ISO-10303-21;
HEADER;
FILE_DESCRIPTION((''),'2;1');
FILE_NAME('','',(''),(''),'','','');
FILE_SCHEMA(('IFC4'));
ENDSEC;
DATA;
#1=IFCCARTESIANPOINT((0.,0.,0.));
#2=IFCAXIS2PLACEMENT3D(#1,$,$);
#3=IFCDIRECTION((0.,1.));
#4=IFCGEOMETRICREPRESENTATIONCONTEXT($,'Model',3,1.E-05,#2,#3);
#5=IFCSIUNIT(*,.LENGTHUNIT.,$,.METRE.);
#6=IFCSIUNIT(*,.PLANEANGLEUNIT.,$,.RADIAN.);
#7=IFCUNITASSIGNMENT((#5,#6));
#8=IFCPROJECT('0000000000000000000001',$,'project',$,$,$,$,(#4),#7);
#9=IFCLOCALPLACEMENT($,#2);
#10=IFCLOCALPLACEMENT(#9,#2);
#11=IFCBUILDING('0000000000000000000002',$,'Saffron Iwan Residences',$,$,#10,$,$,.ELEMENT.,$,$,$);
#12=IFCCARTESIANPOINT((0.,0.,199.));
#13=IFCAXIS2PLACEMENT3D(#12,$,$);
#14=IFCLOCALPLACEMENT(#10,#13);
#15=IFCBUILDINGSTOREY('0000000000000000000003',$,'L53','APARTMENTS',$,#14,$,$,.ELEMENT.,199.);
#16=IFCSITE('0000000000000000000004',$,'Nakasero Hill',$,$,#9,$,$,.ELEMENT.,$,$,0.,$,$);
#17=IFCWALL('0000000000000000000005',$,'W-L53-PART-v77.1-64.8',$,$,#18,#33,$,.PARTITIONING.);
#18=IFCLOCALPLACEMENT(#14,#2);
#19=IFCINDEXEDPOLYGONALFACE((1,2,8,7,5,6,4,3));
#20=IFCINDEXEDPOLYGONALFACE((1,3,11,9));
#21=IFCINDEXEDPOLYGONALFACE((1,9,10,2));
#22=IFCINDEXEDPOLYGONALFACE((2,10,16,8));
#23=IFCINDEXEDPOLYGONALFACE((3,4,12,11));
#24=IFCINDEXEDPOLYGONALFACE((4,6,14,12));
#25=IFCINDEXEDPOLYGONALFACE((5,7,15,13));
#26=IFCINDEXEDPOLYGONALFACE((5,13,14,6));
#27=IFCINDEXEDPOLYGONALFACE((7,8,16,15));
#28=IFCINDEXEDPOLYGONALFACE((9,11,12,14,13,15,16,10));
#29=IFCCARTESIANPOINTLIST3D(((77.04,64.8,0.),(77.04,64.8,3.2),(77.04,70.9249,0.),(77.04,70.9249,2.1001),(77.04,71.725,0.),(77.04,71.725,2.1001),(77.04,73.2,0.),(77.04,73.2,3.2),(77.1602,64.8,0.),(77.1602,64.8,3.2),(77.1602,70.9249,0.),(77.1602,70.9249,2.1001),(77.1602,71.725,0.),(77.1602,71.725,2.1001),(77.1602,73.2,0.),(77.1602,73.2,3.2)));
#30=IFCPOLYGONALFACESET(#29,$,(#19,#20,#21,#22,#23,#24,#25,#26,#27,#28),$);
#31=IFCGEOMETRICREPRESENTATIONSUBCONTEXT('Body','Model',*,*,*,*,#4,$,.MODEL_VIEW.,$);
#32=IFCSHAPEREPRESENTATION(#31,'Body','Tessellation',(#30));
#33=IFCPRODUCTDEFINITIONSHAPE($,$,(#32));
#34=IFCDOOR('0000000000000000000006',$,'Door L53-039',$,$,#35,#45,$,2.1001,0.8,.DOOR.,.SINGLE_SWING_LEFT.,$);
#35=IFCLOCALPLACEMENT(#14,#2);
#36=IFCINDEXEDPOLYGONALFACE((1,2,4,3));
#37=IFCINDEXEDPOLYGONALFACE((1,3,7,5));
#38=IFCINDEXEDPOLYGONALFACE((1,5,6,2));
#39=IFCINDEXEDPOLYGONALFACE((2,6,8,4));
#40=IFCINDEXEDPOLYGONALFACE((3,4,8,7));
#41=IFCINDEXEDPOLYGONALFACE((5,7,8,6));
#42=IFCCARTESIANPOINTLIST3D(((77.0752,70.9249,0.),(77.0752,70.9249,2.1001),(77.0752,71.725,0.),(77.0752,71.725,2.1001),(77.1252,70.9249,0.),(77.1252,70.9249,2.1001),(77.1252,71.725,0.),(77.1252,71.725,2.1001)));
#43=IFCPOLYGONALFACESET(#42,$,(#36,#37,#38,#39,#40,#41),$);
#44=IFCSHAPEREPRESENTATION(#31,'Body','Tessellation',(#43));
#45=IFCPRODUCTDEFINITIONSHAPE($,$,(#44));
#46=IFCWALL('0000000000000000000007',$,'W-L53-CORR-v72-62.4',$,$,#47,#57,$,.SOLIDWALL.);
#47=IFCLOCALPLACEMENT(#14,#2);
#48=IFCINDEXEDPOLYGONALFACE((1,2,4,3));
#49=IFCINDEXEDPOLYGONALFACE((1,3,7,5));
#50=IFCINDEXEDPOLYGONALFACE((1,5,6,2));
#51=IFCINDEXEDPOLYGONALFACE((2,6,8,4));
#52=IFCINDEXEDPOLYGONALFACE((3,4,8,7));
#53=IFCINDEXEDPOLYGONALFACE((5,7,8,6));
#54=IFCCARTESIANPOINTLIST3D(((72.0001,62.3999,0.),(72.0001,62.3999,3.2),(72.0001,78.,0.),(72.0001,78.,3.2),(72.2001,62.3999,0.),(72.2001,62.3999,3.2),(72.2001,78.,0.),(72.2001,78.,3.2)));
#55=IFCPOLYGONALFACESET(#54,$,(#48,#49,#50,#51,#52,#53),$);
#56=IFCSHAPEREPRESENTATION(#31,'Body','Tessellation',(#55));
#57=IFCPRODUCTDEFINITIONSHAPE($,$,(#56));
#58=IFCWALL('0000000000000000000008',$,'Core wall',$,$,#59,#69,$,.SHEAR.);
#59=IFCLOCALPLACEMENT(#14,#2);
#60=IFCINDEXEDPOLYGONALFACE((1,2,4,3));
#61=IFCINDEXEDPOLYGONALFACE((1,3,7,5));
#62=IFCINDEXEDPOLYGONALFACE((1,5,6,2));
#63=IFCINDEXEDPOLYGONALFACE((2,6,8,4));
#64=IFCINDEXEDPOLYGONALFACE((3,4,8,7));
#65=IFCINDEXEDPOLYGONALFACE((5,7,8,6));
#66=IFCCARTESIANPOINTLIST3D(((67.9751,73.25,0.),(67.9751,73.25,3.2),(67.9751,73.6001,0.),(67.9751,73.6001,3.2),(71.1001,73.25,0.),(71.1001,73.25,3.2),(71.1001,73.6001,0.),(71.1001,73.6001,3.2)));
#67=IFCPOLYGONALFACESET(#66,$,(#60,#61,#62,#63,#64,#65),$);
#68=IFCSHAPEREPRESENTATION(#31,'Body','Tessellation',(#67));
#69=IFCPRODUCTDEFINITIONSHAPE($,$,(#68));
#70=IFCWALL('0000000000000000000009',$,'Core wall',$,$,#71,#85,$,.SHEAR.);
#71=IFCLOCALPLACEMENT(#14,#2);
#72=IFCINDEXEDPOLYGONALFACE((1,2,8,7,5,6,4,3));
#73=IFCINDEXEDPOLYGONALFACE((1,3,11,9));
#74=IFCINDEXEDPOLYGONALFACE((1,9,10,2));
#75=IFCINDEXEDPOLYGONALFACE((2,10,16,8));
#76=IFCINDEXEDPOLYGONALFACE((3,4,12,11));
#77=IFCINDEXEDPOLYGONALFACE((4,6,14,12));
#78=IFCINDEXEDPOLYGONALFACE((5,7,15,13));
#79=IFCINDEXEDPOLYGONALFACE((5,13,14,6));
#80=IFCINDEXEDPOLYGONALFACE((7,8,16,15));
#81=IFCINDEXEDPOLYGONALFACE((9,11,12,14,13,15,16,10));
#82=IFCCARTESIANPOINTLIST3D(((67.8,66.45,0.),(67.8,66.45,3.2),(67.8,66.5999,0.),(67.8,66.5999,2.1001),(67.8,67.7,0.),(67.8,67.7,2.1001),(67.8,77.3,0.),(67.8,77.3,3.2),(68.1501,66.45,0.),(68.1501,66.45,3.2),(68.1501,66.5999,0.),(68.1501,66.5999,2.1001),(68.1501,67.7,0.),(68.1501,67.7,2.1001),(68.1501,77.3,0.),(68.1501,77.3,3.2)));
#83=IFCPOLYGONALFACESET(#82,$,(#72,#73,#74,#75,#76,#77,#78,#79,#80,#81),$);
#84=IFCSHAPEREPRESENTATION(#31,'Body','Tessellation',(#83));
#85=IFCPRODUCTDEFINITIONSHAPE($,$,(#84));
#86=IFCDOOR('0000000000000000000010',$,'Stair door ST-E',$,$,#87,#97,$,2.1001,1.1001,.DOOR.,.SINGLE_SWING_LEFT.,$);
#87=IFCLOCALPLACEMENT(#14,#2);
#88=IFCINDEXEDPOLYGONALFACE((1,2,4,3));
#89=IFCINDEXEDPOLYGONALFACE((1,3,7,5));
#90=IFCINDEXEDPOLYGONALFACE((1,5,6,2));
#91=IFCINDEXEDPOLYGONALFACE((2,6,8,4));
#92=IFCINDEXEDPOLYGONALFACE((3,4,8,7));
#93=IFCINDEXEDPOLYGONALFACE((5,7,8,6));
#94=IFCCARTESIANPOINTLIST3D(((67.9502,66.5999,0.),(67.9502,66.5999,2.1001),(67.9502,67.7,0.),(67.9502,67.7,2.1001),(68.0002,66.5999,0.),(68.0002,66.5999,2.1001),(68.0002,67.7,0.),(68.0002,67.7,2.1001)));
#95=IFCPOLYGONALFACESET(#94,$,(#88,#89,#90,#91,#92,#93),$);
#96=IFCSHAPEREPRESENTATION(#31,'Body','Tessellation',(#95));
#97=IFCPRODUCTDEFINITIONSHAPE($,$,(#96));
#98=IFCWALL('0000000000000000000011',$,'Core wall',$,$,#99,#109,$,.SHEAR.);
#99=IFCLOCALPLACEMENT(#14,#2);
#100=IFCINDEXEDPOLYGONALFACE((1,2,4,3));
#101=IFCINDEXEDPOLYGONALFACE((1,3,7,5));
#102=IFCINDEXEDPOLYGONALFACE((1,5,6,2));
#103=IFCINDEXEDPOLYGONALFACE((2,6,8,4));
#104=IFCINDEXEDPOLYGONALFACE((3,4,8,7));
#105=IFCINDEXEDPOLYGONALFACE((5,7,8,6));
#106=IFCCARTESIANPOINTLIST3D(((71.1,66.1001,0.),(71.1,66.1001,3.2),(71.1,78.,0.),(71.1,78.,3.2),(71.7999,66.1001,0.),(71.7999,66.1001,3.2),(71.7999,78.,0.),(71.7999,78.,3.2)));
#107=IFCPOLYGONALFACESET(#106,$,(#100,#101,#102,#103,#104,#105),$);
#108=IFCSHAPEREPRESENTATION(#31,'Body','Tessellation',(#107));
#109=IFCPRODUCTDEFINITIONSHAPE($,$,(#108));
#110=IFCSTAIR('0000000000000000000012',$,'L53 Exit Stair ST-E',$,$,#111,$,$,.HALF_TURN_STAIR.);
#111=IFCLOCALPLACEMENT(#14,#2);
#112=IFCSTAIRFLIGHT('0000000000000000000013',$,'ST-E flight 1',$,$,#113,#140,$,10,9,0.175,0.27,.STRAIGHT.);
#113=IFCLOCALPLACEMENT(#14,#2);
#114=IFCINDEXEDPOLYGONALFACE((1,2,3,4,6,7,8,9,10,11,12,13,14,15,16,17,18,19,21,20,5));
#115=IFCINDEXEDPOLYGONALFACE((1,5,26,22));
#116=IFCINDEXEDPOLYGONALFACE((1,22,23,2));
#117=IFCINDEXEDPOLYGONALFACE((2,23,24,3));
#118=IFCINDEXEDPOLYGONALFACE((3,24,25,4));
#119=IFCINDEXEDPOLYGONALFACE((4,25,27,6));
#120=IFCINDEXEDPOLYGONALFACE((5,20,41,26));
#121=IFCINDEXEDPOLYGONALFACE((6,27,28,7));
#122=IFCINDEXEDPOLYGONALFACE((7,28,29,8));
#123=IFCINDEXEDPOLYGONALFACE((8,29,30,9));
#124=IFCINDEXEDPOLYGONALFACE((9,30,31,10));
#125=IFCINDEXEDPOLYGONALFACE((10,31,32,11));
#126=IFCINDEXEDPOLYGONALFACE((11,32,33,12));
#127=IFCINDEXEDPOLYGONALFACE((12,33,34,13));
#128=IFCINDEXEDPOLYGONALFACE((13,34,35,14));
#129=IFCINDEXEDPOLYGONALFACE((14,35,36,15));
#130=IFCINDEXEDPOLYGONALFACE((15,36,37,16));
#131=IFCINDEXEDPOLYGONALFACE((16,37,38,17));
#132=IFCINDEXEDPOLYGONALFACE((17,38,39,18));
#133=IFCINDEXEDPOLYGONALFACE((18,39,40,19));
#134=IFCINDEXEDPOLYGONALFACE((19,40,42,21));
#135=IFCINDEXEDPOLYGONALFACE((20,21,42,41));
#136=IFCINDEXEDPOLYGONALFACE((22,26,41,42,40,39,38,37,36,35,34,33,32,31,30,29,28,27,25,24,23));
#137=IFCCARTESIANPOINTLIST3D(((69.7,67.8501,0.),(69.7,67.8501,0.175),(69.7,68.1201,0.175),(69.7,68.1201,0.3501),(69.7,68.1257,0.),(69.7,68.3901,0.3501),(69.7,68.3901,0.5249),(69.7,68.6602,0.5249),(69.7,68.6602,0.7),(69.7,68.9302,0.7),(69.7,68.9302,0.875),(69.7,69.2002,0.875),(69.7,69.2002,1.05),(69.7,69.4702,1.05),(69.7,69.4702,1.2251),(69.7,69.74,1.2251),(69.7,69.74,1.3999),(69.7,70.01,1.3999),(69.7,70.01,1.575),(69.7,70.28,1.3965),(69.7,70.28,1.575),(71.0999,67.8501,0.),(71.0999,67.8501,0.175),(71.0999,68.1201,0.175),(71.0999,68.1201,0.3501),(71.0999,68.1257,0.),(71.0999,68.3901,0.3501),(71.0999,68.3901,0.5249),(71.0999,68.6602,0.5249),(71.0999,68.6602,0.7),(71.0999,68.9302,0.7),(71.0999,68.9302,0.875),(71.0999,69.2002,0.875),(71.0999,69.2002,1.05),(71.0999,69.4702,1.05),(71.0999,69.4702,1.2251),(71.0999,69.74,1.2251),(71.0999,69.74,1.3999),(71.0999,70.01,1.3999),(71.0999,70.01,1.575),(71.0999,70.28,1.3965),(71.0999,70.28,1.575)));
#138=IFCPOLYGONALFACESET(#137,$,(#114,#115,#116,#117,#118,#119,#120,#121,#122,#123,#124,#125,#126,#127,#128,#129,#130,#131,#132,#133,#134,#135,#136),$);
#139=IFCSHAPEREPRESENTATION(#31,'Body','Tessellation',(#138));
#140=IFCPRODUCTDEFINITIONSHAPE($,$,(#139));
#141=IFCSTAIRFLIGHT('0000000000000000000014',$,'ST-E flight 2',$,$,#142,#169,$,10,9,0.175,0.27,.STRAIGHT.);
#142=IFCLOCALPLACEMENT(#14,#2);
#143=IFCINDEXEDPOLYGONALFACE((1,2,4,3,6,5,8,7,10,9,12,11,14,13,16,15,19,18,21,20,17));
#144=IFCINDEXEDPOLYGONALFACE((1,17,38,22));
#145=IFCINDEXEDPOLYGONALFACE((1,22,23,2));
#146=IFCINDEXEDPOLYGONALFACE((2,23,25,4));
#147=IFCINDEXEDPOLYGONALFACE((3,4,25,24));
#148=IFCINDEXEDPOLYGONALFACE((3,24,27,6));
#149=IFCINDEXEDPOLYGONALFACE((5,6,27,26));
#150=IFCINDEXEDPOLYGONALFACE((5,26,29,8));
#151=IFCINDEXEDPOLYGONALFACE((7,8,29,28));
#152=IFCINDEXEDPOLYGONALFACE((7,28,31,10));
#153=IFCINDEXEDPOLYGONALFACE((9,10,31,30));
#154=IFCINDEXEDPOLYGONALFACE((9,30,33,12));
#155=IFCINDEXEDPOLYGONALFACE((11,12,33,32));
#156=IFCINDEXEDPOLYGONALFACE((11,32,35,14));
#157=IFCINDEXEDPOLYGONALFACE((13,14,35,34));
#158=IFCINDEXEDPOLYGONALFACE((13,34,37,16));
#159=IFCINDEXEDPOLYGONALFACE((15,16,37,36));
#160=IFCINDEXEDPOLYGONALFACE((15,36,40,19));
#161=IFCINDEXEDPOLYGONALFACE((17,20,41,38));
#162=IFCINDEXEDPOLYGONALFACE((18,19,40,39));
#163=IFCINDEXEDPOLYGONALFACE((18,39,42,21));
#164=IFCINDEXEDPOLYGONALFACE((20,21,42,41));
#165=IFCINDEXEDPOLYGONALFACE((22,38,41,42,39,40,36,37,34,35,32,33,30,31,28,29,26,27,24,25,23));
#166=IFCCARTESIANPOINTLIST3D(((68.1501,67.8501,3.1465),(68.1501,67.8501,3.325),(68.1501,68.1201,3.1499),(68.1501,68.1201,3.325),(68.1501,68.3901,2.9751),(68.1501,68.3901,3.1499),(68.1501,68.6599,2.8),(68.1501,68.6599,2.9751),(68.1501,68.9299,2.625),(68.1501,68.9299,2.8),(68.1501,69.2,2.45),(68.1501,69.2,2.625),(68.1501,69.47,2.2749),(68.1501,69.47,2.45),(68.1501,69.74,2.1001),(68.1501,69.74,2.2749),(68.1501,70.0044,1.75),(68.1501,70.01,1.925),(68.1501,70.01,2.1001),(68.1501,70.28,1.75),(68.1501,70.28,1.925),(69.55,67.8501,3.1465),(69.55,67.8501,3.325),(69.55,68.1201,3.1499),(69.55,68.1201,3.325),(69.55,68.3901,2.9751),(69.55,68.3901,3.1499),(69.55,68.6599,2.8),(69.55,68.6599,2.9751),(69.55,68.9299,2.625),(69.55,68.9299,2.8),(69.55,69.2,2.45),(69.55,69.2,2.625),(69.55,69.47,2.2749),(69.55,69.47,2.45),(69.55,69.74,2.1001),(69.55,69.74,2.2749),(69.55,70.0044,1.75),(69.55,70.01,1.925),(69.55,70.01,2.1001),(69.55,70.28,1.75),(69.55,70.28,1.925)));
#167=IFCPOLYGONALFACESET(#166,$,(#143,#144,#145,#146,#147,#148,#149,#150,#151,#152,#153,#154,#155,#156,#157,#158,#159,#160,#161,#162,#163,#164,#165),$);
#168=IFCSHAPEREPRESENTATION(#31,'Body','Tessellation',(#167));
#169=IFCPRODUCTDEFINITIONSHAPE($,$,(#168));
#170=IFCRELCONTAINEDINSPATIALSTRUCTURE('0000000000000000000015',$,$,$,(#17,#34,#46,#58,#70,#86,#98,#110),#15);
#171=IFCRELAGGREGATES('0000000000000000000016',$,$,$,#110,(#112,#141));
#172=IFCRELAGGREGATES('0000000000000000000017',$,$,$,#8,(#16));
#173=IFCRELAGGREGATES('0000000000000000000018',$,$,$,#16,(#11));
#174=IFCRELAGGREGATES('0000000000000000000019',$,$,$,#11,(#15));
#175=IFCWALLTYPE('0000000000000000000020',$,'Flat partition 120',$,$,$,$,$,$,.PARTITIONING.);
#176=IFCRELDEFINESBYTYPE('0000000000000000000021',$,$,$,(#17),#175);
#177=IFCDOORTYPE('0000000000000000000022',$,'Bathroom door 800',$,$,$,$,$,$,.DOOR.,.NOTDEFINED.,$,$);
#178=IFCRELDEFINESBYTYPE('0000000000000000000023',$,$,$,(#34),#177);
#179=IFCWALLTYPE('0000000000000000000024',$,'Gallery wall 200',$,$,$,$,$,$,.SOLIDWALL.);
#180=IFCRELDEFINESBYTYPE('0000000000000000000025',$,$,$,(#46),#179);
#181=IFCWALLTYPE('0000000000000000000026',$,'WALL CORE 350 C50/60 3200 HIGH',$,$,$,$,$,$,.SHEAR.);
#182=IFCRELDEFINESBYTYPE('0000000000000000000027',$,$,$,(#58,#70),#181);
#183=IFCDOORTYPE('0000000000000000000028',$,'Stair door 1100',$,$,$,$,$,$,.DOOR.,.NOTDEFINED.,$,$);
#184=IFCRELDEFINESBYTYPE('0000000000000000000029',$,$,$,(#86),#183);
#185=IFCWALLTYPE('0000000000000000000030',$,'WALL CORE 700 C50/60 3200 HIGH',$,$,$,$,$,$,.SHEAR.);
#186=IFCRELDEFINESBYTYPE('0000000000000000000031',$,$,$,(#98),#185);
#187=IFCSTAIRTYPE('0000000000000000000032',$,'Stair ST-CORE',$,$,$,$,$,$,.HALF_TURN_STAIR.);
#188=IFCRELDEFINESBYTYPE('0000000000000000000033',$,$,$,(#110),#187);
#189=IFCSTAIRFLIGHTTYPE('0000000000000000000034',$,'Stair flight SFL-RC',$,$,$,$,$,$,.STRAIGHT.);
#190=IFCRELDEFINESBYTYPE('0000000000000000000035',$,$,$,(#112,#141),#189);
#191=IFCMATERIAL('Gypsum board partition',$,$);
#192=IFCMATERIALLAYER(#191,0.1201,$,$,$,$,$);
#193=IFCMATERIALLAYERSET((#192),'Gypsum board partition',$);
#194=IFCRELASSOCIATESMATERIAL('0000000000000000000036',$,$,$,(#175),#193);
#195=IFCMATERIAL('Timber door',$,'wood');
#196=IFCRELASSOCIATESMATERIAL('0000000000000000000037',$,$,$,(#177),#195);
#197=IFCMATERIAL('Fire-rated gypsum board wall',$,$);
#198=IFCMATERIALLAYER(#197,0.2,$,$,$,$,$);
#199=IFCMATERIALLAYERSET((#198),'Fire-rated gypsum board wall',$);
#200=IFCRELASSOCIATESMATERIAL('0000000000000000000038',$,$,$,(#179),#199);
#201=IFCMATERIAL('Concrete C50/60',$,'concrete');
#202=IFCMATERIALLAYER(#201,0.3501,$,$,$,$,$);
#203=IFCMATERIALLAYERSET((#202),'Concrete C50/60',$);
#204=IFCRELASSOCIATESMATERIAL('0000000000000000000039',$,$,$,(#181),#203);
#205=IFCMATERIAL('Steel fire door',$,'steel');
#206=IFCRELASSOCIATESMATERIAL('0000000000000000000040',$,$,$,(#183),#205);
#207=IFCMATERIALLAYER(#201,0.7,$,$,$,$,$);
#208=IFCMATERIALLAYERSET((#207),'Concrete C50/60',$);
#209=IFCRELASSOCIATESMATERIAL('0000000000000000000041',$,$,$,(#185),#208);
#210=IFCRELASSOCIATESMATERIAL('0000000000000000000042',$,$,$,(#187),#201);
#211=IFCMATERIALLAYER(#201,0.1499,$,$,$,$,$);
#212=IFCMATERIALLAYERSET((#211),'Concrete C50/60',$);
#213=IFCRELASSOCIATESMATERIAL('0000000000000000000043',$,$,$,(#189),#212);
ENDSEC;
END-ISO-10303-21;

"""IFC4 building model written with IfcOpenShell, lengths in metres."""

from ifc_helpers import new_model, si_unit, direction, frame, frame_2d, origin, place, context, subcontext, project, spatial, polyline, rectangle, outline, extrude, material, layer, layer_set, type_object, element, fill, aggregate, save


model = new_model("IFC4")

# Units and contexts
model_context = context("Model", 3, precision=1e-05, world=origin(), true_north=direction((0.0, 1.0)))
body_context = subcontext(model_context, "Body", "Model", "MODEL_VIEW")
ifc_project = project(units=[si_unit("LENGTHUNIT", "METRE"), si_unit("PLANEANGLEUNIT", "RADIAN")], contexts=[model_context])

# Site, building, storey
site_placement = place(None, origin())
site = spatial("IfcSite", under=ifc_project, at=site_placement, Name="Nakasero Hill", CompositionType="ELEMENT", RefElevation=0.0)
building_placement = place(site_placement, origin())
building = spatial("IfcBuilding", under=site, at=building_placement, Name="Saffron Iwan Residences", CompositionType="ELEMENT")
storey_placement = place(building_placement, frame((0.0, 0.0, 199.0)))
storey = spatial("IfcBuildingStorey", under=building, at=storey_placement, Name="L53", Description="APARTMENTS", CompositionType="ELEMENT", Elevation=199.0)

# Shared definitions
ifc_material_1 = material(Name="Concrete C50/60", Category="concrete")

# Shared definitions
ifc_material_2 = material(Name="Fire-rated gypsum board wall")

# Shared definitions
ifc_material_3 = material(Name="Gypsum board partition")
ifc_layer_1 = layer(ifc_material_3, 0.1201)
ifc_layer_set_1 = layer_set([ifc_layer_1], Name="Gypsum board partition")
wall_type_1 = type_object("IfcWallType", Name="Flat partition 120", PredefinedType="PARTITIONING", material=ifc_layer_set_1)
ifc_material_4 = material(Name="Timber door", Category="wood")

# Wall, opening, door
wall_1_placement = place(storey_placement, frame((77.1001, 64.8, 0.0), z_axis=(0.0, 0.0, 1.0), x_axis=(0.0, 1.0, 0.0)))
wall_1 = element("IfcWall", 1, at=wall_1_placement, inside=storey, type_object=wall_type_1, Name="W-L53-PART-v77.1-64.8", PredefinedType="PARTITIONING", context=body_context, shape_type="SweptSolid", body=[
    extrude(rectangle(XDim=8.3999, YDim=0.1201, at=frame_2d((4.2, 0.0))), origin(), (0.0, 0.0, 1.0), 3.2),
])
opening_1_placement = place(wall_1_placement, frame((6.125, 0.0, 0.0)))
opening_1 = element("IfcOpeningElement", 2, at=opening_1_placement, cuts=wall_1, PredefinedType="OPENING", context=body_context, shape_type="SweptSolid", body=[
    extrude(rectangle(XDim=0.8, YDim=2.1001, at=frame_2d((0.3999, 1.05))), frame((0.0, 0.0701, 0.0), z_axis=(0.0, -1.0, 0.0), x_axis=(1.0, 0.0, 0.0)), (0.0, 0.0, 1.0), 0.1401),
])
door_type_1 = type_object("IfcDoorType", Name="Bathroom door 800", OperationType="NOTDEFINED", PredefinedType="DOOR", material=ifc_material_4)
door_1_placement = place(opening_1_placement, origin())
door_1 = element("IfcDoor", 3, at=door_1_placement, inside=storey, type_object=door_type_1, Name="Door L53-039", OperationType="SINGLE_SWING_LEFT", OverallHeight=2.1001, OverallWidth=0.8, PredefinedType="DOOR", context=body_context, shape_type="SweptSolid", body=[
    extrude(rectangle(XDim=0.8, YDim=2.1001, at=frame_2d((0.3999, 1.05))), frame((0.0, 0.0249, 0.0), z_axis=(0.0, -1.0, 0.0), x_axis=(1.0, 0.0, 0.0)), (0.0, 0.0, 1.0), 0.05),
])
fill(opening_1, door_1)

# Walls
ifc_layer_2 = layer(ifc_material_2, 0.2)
ifc_layer_set_2 = layer_set([ifc_layer_2], Name="Fire-rated gypsum board wall")
wall_type_2 = type_object("IfcWallType", Name="Gallery wall 200", PredefinedType="SOLIDWALL", material=ifc_layer_set_2)
wall_2_placement = place(storey_placement, frame((72.1001, 62.3999, 0.0), z_axis=(0.0, 0.0, 1.0), x_axis=(0.0, 1.0, 0.0)))
element("IfcWall", 4, at=wall_2_placement, inside=storey, type_object=wall_type_2, Name="W-L53-CORR-v72-62.4", PredefinedType="SOLIDWALL", context=body_context, shape_type="SweptSolid", body=[
    extrude(rectangle(XDim=15.6001, YDim=0.2, at=frame_2d((7.8, 0.0))), origin(), (0.0, 0.0, 1.0), 3.2),
])
ifc_layer_3 = layer(ifc_material_1, 0.3501)
ifc_layer_set_3 = layer_set([ifc_layer_3], Name="Concrete C50/60")
wall_type_3 = type_object("IfcWallType", Name="WALL CORE 350 C50/60 3200 HIGH", PredefinedType="SHEAR", material=ifc_layer_set_3)
wall_3_placement = place(storey_placement, frame((67.9751, 73.425, 0.0), z_axis=(0.0, 0.0, 1.0), x_axis=(1.0, 0.0, 0.0)))
element("IfcWall", 5, at=wall_3_placement, inside=storey, type_object=wall_type_3, Name="Core wall", PredefinedType="SHEAR", context=body_context, shape_type="SweptSolid", body=[
    extrude(rectangle(XDim=3.125, YDim=0.3501, at=frame_2d((1.5625, 0.0))), origin(), (0.0, 0.0, 1.0), 3.2),
])

# Wall, opening, door
wall_4_placement = place(storey_placement, frame((67.9751, 66.45, 0.0), z_axis=(0.0, 0.0, 1.0), x_axis=(0.0, 1.0, 0.0)))
wall_4 = element("IfcWall", 6, at=wall_4_placement, inside=storey, type_object=wall_type_3, Name="Core wall", PredefinedType="SHEAR", context=body_context, shape_type="SweptSolid", body=[
    extrude(rectangle(XDim=10.8501, YDim=0.3501, at=frame_2d((5.425, 0.0))), origin(), (0.0, 0.0, 1.0), 3.2),
])
opening_2_placement = place(wall_4_placement, frame((0.1499, 0.0, 0.0)))
opening_2 = element("IfcOpeningElement", 7, at=opening_2_placement, cuts=wall_4, PredefinedType="OPENING", context=body_context, shape_type="SweptSolid", body=[
    extrude(rectangle(XDim=1.1001, YDim=2.1001, at=frame_2d((0.55, 1.05))), frame((0.0, 0.1851, 0.0), z_axis=(0.0, -1.0, 0.0), x_axis=(1.0, 0.0, 0.0)), (0.0, 0.0, 1.0), 0.3701),
])
ifc_material_5 = material(Name="Steel fire door", Category="steel")
door_type_2 = type_object("IfcDoorType", Name="Stair door 1100", OperationType="NOTDEFINED", PredefinedType="DOOR", material=ifc_material_5)
door_2_placement = place(opening_2_placement, origin())
door_2 = element("IfcDoor", 8, at=door_2_placement, inside=storey, type_object=door_type_2, Name="Stair door ST-E", OperationType="SINGLE_SWING_LEFT", OverallHeight=2.1001, OverallWidth=1.1001, PredefinedType="DOOR", context=body_context, shape_type="SweptSolid", body=[
    extrude(rectangle(XDim=1.1001, YDim=2.1001, at=frame_2d((0.55, 1.05))), frame((0.0, 0.0249, 0.0), z_axis=(0.0, -1.0, 0.0), x_axis=(1.0, 0.0, 0.0)), (0.0, 0.0, 1.0), 0.05),
])
fill(opening_2, door_2)

# Wall
ifc_layer_4 = layer(ifc_material_1, 0.7)
ifc_layer_set_4 = layer_set([ifc_layer_4], Name="Concrete C50/60")
wall_type_4 = type_object("IfcWallType", Name="WALL CORE 700 C50/60 3200 HIGH", PredefinedType="SHEAR", material=ifc_layer_set_4)
wall_5_placement = place(storey_placement, frame((71.45, 66.1001, 0.0), z_axis=(0.0, 0.0, 1.0), x_axis=(0.0, 1.0, 0.0)))
element("IfcWall", 9, at=wall_5_placement, inside=storey, type_object=wall_type_4, Name="Core wall", PredefinedType="SHEAR", context=body_context, shape_type="SweptSolid", body=[
    extrude(rectangle(XDim=11.8999, YDim=0.7, at=frame_2d((5.95, 0.0))), origin(), (0.0, 0.0, 1.0), 3.2),
])

# Stair, stair flights
stair_type = type_object("IfcStairType", Name="Stair ST-CORE", PredefinedType="HALF_TURN_STAIR", material=ifc_material_1)
stair_placement = place(storey_placement, origin())
stair = element("IfcStair", 10, at=stair_placement, inside=storey, type_object=stair_type, Name="L53 Exit Stair ST-E", PredefinedType="HALF_TURN_STAIR")
ifc_layer_5 = layer(ifc_material_1, 0.1499)
ifc_layer_set_5 = layer_set([ifc_layer_5], Name="Concrete C50/60")
stair_flight_type = type_object("IfcStairFlightType", Name="Stair flight SFL-RC", PredefinedType="STRAIGHT", material=ifc_layer_set_5)
stair_flight_1_placement = place(storey_placement, frame((70.3999, 67.8501, 0.0), z_axis=(0.0, 0.0, 1.0), x_axis=(0.0, 1.0, 0.0)))
stair_flight_1 = element("IfcStairFlight", 11, at=stair_flight_1_placement, type_object=stair_flight_type, Name="ST-E flight 1", NumberOfRisers=10, NumberOfTreads=9, PredefinedType="STRAIGHT", RiserHeight=0.175, TreadLength=0.27, context=body_context, shape_type="SweptSolid", body=[
    extrude(outline(polyline([(0.0, 0.0), (0.0, 0.175), (0.27, 0.175), (0.27, 0.3501), (0.54, 0.3501), (0.54, 0.5249), (0.8101, 0.5249), (0.8101, 0.7), (1.0801, 0.7), (1.0801, 0.875), (1.3501, 0.875), (1.3501, 1.05), (1.6201, 1.05), (1.6201, 1.2251), (1.8899, 1.2251), (1.8899, 1.3999), (2.1599, 1.3999), (2.1599, 1.575), (2.4299, 1.575), (2.4299, 1.75), (2.4299, 1.3965), (0.2756, 0.0), (0.0, 0.0)])), frame((0.0, 0.7, 0.0), z_axis=(0.0, -1.0, 0.0), x_axis=(1.0, 0.0, 0.0)), (0.0, 0.0, 1.0), 1.3999),
])
stair_flight_2_placement = place(storey_placement, frame((68.8501, 70.28, 1.75), z_axis=(0.0, 0.0, 1.0), x_axis=(0.0, -1.0, 0.0)))
stair_flight_2 = element("IfcStairFlight", 12, at=stair_flight_2_placement, type_object=stair_flight_type, Name="ST-E flight 2", NumberOfRisers=10, NumberOfTreads=9, PredefinedType="STRAIGHT", RiserHeight=0.175, TreadLength=0.27, context=body_context, shape_type="SweptSolid", body=[
    extrude(outline(polyline([(0.0, 0.0), (0.0, 0.175), (0.27, 0.175), (0.27, 0.3501), (0.54, 0.3501), (0.54, 0.5249), (0.8101, 0.5249), (0.8101, 0.7), (1.0801, 0.7), (1.0801, 0.875), (1.3501, 0.875), (1.3501, 1.05), (1.6201, 1.05), (1.6201, 1.2251), (1.8899, 1.2251), (1.8899, 1.3999), (2.1599, 1.3999), (2.1599, 1.575), (2.4299, 1.575), (2.4299, 1.75), (2.4299, 1.3965), (0.2756, 0.0), (0.0, 0.0)])), frame((0.0, 0.7, 0.0), z_axis=(0.0, -1.0, 0.0), x_axis=(1.0, 0.0, 0.0)), (0.0, 0.0, 1.0), 1.3999),
])
aggregate(stair, [stair_flight_1, stair_flight_2])

save(model, "model.ifc")
